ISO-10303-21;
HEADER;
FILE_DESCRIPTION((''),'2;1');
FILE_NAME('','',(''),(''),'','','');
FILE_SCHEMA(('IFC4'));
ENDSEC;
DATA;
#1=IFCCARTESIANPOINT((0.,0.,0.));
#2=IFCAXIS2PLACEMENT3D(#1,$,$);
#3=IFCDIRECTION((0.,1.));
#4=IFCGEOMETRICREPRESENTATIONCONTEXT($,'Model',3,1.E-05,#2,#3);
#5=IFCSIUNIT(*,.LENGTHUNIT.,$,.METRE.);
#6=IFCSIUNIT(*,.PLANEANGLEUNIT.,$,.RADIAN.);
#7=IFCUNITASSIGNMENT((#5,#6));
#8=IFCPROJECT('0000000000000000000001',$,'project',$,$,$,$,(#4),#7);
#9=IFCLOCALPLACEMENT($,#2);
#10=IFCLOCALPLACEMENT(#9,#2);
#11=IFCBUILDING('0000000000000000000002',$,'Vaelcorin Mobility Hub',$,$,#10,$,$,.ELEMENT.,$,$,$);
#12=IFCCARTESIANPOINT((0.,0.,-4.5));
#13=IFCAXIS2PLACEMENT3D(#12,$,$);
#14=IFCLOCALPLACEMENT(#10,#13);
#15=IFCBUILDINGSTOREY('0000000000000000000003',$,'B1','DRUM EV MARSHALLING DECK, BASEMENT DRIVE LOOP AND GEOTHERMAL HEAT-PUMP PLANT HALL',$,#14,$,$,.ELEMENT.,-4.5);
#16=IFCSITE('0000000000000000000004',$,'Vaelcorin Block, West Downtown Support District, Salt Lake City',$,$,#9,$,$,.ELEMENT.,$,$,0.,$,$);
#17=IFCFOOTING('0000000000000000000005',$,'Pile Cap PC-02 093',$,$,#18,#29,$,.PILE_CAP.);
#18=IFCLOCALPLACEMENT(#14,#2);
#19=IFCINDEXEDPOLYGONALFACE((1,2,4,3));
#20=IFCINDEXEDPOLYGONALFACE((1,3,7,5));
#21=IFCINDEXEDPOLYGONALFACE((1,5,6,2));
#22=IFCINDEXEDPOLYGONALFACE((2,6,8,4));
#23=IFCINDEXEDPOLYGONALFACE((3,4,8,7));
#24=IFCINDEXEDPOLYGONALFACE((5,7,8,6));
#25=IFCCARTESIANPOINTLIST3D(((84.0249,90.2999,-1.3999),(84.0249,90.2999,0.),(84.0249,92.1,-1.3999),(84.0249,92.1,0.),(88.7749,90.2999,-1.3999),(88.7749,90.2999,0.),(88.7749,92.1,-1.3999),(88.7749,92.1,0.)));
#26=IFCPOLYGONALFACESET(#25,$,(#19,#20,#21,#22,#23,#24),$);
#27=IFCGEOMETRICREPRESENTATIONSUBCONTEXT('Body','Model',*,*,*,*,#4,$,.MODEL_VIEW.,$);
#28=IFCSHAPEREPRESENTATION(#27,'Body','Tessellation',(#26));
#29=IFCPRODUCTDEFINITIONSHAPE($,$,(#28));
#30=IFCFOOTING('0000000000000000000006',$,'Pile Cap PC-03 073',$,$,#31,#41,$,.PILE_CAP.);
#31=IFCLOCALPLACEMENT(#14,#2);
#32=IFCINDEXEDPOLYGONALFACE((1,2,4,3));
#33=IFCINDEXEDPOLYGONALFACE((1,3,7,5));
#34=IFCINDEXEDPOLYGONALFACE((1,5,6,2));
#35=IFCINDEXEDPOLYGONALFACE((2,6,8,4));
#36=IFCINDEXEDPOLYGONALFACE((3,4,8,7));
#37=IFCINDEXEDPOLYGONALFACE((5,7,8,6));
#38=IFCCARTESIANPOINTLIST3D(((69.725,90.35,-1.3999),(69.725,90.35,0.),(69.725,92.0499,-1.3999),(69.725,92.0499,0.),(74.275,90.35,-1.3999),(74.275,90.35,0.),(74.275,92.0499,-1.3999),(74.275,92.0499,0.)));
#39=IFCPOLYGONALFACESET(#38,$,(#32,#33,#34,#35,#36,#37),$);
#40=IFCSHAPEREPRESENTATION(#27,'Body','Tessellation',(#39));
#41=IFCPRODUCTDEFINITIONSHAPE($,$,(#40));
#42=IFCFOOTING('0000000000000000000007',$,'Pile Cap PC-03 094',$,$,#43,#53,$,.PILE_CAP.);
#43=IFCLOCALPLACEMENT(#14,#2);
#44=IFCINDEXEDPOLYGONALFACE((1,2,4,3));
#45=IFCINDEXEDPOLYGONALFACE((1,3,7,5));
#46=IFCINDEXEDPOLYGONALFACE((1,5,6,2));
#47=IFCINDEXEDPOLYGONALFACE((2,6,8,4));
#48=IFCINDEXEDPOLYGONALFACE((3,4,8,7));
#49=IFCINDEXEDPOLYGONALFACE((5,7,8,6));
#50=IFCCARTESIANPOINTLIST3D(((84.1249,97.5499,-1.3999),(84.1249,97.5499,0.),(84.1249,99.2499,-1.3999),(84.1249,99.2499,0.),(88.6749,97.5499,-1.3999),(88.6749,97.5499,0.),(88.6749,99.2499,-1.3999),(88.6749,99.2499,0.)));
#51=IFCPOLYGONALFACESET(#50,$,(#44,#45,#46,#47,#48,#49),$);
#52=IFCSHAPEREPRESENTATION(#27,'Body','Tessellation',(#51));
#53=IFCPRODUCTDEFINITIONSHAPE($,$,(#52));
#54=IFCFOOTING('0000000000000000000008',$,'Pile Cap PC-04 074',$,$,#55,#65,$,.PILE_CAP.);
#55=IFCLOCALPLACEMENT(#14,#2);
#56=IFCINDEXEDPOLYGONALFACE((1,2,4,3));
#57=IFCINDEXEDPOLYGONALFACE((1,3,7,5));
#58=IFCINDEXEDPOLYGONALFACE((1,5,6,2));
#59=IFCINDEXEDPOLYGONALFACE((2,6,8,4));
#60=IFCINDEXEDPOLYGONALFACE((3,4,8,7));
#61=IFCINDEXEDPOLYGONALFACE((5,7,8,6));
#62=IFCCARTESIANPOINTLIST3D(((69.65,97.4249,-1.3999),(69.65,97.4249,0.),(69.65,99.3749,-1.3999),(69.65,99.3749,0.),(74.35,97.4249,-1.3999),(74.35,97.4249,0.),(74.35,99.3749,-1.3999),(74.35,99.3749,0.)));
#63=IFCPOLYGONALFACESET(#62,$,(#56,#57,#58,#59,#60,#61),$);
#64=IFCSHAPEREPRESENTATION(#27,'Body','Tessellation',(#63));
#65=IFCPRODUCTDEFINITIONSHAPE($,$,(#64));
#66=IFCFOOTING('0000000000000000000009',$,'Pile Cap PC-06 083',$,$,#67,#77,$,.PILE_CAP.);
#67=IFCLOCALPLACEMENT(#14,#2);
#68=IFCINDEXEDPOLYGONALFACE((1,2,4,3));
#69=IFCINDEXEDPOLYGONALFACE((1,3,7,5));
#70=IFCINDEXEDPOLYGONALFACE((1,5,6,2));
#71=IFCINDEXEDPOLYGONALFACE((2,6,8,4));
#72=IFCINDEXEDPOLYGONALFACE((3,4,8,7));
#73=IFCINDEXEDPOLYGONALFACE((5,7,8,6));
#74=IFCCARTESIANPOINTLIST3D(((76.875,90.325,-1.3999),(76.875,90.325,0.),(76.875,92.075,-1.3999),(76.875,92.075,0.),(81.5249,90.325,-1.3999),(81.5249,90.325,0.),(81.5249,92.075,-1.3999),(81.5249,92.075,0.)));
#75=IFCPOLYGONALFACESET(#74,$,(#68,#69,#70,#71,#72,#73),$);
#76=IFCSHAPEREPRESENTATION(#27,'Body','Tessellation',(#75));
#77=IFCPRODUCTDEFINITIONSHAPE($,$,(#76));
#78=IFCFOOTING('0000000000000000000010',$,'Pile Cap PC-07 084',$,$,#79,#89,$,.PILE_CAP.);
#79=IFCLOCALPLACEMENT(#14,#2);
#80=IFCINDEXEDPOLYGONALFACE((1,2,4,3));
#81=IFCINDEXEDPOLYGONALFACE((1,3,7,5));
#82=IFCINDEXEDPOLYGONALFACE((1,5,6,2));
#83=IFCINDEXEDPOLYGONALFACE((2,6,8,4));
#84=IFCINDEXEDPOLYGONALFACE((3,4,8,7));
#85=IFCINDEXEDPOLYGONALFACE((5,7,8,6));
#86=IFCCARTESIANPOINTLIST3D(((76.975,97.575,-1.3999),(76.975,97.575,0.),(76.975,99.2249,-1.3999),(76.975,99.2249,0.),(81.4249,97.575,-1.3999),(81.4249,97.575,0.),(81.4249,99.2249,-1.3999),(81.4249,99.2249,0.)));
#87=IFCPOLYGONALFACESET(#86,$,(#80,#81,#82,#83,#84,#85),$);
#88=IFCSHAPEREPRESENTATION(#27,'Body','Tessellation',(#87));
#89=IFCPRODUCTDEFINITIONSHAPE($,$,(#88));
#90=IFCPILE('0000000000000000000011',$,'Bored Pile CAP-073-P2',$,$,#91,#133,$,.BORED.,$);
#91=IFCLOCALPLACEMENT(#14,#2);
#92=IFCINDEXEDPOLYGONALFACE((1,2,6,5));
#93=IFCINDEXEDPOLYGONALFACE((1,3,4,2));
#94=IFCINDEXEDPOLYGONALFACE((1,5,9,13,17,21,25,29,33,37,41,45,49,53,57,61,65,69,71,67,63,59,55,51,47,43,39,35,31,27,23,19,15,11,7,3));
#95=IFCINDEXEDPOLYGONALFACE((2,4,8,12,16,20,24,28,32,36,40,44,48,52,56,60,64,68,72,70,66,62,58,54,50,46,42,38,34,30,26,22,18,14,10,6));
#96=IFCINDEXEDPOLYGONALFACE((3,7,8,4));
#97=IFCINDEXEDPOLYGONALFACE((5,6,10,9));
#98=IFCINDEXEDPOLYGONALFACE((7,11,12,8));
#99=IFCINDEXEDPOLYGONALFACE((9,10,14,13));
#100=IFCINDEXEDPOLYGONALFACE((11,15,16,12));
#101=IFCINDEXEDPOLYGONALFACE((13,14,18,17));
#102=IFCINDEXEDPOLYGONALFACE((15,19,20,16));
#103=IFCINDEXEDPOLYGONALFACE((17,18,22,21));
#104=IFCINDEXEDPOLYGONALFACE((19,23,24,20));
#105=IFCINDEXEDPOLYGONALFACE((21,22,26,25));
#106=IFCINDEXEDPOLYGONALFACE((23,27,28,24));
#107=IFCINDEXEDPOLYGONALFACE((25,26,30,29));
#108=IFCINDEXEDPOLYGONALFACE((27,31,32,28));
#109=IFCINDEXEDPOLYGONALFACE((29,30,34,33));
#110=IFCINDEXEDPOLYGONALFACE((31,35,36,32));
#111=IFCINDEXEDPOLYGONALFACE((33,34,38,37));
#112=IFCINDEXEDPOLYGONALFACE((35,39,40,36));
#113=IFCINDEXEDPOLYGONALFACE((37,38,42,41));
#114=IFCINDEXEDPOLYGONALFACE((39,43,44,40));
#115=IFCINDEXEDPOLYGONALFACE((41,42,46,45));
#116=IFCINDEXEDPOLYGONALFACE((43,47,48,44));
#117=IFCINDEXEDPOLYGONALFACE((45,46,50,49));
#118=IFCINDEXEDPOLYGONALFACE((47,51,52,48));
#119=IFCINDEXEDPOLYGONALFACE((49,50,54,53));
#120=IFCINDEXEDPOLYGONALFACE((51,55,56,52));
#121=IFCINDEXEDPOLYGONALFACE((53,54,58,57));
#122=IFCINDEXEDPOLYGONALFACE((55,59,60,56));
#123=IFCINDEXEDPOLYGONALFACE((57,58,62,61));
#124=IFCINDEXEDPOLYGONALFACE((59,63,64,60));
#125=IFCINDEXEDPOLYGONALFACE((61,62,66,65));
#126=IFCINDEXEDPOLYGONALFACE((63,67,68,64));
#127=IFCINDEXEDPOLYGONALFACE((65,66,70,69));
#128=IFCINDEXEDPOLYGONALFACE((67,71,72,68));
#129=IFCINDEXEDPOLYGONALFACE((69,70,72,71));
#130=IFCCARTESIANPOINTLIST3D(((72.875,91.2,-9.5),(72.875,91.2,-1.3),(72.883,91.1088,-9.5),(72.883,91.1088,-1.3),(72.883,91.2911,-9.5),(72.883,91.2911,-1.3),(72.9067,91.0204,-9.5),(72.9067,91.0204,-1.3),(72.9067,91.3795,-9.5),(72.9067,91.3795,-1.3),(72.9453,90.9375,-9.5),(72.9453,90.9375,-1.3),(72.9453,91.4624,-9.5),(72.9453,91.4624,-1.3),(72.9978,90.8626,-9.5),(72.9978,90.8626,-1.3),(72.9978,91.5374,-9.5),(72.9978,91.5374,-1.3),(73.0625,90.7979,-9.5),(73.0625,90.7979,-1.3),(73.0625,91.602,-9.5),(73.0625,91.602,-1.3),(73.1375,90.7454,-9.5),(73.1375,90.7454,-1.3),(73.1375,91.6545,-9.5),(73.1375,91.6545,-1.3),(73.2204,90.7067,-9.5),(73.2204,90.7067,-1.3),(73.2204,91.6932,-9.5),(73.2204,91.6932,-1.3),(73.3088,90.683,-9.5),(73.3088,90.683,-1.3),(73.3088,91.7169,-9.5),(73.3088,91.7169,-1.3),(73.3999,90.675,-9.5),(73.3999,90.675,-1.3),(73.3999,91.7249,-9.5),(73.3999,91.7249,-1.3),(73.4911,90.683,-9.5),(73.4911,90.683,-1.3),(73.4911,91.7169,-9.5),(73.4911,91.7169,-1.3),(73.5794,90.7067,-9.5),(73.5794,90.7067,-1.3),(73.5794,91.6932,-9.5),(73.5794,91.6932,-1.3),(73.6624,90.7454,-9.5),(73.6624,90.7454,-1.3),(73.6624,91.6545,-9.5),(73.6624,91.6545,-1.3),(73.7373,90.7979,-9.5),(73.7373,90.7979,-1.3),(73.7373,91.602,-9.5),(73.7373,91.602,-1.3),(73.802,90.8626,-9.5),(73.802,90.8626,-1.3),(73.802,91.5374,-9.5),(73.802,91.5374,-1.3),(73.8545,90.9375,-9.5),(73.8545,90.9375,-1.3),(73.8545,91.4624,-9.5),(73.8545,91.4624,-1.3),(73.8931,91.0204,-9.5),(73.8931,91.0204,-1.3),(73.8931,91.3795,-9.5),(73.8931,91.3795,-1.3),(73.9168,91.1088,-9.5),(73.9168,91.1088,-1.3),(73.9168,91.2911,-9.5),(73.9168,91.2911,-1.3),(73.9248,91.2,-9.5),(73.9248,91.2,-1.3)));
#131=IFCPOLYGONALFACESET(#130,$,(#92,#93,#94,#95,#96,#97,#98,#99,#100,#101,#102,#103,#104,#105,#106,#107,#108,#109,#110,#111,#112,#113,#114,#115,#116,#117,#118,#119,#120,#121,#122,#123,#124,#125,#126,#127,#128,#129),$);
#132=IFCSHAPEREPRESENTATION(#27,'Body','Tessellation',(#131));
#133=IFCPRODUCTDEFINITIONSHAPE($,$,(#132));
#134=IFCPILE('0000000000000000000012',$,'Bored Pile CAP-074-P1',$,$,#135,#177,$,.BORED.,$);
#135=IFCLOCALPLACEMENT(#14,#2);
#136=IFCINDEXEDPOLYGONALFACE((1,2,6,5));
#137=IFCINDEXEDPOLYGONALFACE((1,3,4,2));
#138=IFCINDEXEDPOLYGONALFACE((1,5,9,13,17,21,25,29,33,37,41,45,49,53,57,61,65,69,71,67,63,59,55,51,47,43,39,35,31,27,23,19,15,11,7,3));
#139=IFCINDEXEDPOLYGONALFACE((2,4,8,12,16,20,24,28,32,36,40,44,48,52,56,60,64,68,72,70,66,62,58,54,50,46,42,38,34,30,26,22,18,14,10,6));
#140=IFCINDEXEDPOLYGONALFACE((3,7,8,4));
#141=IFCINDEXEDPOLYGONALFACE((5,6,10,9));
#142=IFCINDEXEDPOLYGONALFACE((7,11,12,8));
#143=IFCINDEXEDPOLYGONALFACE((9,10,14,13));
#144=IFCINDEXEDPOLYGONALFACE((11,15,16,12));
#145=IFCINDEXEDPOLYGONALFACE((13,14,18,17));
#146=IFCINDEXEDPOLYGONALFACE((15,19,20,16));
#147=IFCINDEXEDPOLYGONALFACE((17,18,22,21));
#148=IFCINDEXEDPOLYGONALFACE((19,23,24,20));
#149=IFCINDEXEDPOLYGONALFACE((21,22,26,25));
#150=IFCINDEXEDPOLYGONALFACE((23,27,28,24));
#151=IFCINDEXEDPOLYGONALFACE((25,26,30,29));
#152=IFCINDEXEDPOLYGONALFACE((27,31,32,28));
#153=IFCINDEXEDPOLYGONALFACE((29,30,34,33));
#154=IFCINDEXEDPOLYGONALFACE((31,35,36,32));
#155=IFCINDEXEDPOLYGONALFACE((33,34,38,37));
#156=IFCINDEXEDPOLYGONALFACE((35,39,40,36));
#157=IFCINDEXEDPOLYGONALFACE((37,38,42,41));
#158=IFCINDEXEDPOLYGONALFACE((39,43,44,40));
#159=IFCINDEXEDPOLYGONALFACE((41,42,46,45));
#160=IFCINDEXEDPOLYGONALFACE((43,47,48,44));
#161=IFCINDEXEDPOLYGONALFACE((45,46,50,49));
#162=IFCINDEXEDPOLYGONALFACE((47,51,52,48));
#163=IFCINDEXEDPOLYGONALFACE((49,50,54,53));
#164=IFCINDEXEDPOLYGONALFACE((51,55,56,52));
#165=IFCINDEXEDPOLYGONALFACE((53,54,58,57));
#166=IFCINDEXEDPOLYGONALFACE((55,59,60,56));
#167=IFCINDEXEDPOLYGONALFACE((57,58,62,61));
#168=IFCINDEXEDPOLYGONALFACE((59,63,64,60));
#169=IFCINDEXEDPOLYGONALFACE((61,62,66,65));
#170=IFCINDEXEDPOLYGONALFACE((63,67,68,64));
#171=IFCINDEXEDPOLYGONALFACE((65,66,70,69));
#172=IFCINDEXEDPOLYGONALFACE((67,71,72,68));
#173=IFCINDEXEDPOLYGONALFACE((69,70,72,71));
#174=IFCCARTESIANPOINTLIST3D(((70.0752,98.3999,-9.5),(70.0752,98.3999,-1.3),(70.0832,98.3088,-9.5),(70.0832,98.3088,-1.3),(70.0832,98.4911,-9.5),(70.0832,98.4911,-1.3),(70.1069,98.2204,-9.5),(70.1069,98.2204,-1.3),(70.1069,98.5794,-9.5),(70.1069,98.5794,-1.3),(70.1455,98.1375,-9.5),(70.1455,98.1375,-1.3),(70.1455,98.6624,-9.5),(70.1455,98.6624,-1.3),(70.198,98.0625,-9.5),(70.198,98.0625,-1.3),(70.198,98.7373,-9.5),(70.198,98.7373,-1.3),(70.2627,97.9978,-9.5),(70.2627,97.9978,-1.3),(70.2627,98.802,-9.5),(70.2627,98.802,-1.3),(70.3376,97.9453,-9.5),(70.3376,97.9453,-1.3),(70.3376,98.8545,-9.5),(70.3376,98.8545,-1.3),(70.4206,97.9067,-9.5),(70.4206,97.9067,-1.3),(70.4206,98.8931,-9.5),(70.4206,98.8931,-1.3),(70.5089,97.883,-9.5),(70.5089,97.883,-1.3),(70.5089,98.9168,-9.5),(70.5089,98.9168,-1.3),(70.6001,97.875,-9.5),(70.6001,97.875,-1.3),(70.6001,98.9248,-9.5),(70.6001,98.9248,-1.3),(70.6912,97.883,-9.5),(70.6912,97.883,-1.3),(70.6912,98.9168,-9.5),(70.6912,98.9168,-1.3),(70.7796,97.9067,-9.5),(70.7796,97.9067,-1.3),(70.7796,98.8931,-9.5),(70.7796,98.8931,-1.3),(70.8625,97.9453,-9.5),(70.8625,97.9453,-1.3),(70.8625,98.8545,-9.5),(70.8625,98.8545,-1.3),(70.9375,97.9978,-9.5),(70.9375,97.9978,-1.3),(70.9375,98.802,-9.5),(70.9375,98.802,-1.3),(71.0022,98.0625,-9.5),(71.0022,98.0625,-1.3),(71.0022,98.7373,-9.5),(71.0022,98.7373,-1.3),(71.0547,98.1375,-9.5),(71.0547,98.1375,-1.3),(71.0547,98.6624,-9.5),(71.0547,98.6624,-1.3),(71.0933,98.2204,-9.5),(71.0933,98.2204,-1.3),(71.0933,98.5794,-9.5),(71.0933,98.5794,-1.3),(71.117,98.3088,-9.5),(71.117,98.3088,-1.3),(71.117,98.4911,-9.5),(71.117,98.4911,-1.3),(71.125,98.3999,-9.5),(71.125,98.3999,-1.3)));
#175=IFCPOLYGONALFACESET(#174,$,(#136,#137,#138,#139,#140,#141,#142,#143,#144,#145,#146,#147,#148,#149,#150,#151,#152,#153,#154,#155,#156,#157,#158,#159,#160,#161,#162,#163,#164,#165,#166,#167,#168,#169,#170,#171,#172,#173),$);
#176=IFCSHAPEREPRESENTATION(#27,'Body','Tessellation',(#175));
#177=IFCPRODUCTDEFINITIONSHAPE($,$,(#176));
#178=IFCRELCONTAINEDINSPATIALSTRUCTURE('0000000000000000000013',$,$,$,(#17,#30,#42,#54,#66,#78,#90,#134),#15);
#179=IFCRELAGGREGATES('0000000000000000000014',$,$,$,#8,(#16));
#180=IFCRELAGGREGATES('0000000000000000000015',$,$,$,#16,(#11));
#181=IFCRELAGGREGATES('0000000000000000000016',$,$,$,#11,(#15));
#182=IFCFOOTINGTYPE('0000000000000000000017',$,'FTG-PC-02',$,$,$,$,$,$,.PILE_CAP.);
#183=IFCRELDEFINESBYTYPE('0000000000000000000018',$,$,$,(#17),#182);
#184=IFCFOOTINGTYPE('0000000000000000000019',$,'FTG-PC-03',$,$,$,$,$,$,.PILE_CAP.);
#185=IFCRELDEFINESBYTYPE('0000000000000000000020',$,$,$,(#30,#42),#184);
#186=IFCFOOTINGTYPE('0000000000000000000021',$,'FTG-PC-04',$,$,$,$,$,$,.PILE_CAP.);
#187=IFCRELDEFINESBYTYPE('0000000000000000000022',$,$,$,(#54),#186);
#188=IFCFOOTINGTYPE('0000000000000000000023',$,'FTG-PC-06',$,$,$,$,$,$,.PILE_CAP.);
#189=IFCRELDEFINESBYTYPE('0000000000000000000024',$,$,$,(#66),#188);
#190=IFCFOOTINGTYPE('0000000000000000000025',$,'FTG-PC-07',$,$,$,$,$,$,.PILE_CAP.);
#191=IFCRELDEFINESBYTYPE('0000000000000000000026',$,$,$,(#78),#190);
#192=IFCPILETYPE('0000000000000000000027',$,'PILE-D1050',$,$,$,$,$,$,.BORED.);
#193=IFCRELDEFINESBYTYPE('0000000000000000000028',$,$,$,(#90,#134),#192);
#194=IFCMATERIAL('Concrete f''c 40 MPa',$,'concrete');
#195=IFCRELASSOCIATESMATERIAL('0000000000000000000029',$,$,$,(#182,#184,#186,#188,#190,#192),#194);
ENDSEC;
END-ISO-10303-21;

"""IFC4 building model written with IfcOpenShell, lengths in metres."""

from ifc_helpers import new_model, si_unit, direction, frame, origin, origin_2d, place, context, subcontext, project, spatial, rectangle, circle, extrude, material, material_profile, profile_set, type_object, element, save


model = new_model("IFC4")

# Units and contexts
model_context = context("Model", 3, precision=1e-05, world=origin(), true_north=direction((0.0, 1.0)))
body_context = subcontext(model_context, "Body", "Model", "MODEL_VIEW")
ifc_project = project(units=[si_unit("LENGTHUNIT", "METRE"), si_unit("PLANEANGLEUNIT", "RADIAN")], contexts=[model_context])

# Site, building, storey
site_placement = place(None, origin())
site = spatial("IfcSite", under=ifc_project, at=site_placement, Name="Vaelcorin Block, West Downtown Support District, Salt Lake City", CompositionType="ELEMENT", RefElevation=0.0)
building_placement = place(site_placement, origin())
building = spatial("IfcBuilding", under=site, at=building_placement, Name="Vaelcorin Mobility Hub", CompositionType="ELEMENT")
storey_placement = place(building_placement, frame((0.0, 0.0, -4.5)))
storey = spatial("IfcBuildingStorey", under=building, at=storey_placement, Name="B1", Description="DRUM EV MARSHALLING DECK, BASEMENT DRIVE LOOP AND GEOTHERMAL HEAT-PUMP PLANT HALL", CompositionType="ELEMENT", Elevation=-4.5)

# Footings
ifc_material_1 = material(Name="Concrete f'c 40 MPa", Category="concrete")
footing_type_1 = type_object("IfcFootingType", Name="FTG-PC-02", PredefinedType="PILE_CAP", material=ifc_material_1)
footing_1_placement = place(storey_placement, frame((86.3999, 91.2, -1.3999), z_axis=(0.0, 0.0, 1.0), x_axis=(1.0, 0.0, 0.0)))
element("IfcFooting", 1, at=footing_1_placement, inside=storey, type_object=footing_type_1, Name="Pile Cap PC-02 093", PredefinedType="PILE_CAP", context=body_context, shape_type="SweptSolid", body=[
    extrude(rectangle(XDim=4.75, YDim=1.8, at=origin_2d()), origin(), (0.0, 0.0, 1.0), 1.3999),
])
footing_type_2 = type_object("IfcFootingType", Name="FTG-PC-03", PredefinedType="PILE_CAP", material=ifc_material_1)
for number, where, z_axis, x_axis, name in (
    (2, (72.0, 91.2, -1.3999), (0.0, 0.0, 1.0), (1.0, 0.0, 0.0), "Pile Cap PC-03 073"),
    (3, (86.3999, 98.3999, -1.3999), (0.0, 0.0, 1.0), (1.0, 0.0, 0.0), "Pile Cap PC-03 094"),
):
    element("IfcFooting", number, at=place(storey_placement, frame(where, z_axis=z_axis, x_axis=x_axis)), inside=storey, type_object=footing_type_2, Name=name, PredefinedType="PILE_CAP", context=body_context, shape_type="SweptSolid", body=[
        extrude(rectangle(XDim=4.55, YDim=1.7, at=origin_2d()), origin(), (0.0, 0.0, 1.0), 1.3999),
    ])
footing_type_3 = type_object("IfcFootingType", Name="FTG-PC-04", PredefinedType="PILE_CAP", material=ifc_material_1)
footing_2_placement = place(storey_placement, frame((72.0, 98.3999, -1.3999), z_axis=(0.0, 0.0, 1.0), x_axis=(1.0, 0.0, 0.0)))
element("IfcFooting", 4, at=footing_2_placement, inside=storey, type_object=footing_type_3, Name="Pile Cap PC-04 074", PredefinedType="PILE_CAP", context=body_context, shape_type="SweptSolid", body=[
    extrude(rectangle(XDim=4.7, YDim=1.95, at=origin_2d()), origin(), (0.0, 0.0, 1.0), 1.3999),
])
footing_type_4 = type_object("IfcFootingType", Name="FTG-PC-06", PredefinedType="PILE_CAP", material=ifc_material_1)
footing_3_placement = place(storey_placement, frame((79.2, 91.2, -1.3999), z_axis=(0.0, 0.0, 1.0), x_axis=(1.0, 0.0, 0.0)))
element("IfcFooting", 5, at=footing_3_placement, inside=storey, type_object=footing_type_4, Name="Pile Cap PC-06 083", PredefinedType="PILE_CAP", context=body_context, shape_type="SweptSolid", body=[
    extrude(rectangle(XDim=4.6499, YDim=1.75, at=origin_2d()), origin(), (0.0, 0.0, 1.0), 1.3999),
])
footing_type_5 = type_object("IfcFootingType", Name="FTG-PC-07", PredefinedType="PILE_CAP", material=ifc_material_1)
footing_4_placement = place(storey_placement, frame((79.2, 98.3999, -1.3999), z_axis=(0.0, 0.0, 1.0), x_axis=(1.0, 0.0, 0.0)))
element("IfcFooting", 6, at=footing_4_placement, inside=storey, type_object=footing_type_5, Name="Pile Cap PC-07 084", PredefinedType="PILE_CAP", context=body_context, shape_type="SweptSolid", body=[
    extrude(rectangle(XDim=4.45, YDim=1.6499, at=origin_2d()), origin(), (0.0, 0.0, 1.0), 1.3999),
])

# Piles
ifc_material_profile_1 = material_profile(ifc_material_1, circle(Radius=0.5249, at=origin_2d()), Name="BP-D1050")
ifc_profile_set_1 = profile_set([ifc_material_profile_1], Name="Concrete f'c 40 MPa")
pile_type = type_object("IfcPileType", Name="PILE-D1050", PredefinedType="BORED", material=ifc_profile_set_1)
for number, where, z_axis, x_axis, name in (
    (7, (73.3999, 91.2, -1.3), (0.0, 0.0, -1.0), (1.0, 0.0, 0.0), "Bored Pile CAP-073-P2"),
    (8, (70.6001, 98.3999, -1.3), (0.0, 0.0, -1.0), (1.0, 0.0, 0.0), "Bored Pile CAP-074-P1"),
):
    element("IfcPile", number, at=place(storey_placement, frame(where, z_axis=z_axis, x_axis=x_axis)), inside=storey, type_object=pile_type, Name=name, PredefinedType="BORED", context=body_context, shape_type="SweptSolid", body=[
        extrude(circle(Radius=0.5249, at=origin_2d()), origin(), (0.0, 0.0, 1.0), 8.2),
    ])

save(model, "model.ifc")
